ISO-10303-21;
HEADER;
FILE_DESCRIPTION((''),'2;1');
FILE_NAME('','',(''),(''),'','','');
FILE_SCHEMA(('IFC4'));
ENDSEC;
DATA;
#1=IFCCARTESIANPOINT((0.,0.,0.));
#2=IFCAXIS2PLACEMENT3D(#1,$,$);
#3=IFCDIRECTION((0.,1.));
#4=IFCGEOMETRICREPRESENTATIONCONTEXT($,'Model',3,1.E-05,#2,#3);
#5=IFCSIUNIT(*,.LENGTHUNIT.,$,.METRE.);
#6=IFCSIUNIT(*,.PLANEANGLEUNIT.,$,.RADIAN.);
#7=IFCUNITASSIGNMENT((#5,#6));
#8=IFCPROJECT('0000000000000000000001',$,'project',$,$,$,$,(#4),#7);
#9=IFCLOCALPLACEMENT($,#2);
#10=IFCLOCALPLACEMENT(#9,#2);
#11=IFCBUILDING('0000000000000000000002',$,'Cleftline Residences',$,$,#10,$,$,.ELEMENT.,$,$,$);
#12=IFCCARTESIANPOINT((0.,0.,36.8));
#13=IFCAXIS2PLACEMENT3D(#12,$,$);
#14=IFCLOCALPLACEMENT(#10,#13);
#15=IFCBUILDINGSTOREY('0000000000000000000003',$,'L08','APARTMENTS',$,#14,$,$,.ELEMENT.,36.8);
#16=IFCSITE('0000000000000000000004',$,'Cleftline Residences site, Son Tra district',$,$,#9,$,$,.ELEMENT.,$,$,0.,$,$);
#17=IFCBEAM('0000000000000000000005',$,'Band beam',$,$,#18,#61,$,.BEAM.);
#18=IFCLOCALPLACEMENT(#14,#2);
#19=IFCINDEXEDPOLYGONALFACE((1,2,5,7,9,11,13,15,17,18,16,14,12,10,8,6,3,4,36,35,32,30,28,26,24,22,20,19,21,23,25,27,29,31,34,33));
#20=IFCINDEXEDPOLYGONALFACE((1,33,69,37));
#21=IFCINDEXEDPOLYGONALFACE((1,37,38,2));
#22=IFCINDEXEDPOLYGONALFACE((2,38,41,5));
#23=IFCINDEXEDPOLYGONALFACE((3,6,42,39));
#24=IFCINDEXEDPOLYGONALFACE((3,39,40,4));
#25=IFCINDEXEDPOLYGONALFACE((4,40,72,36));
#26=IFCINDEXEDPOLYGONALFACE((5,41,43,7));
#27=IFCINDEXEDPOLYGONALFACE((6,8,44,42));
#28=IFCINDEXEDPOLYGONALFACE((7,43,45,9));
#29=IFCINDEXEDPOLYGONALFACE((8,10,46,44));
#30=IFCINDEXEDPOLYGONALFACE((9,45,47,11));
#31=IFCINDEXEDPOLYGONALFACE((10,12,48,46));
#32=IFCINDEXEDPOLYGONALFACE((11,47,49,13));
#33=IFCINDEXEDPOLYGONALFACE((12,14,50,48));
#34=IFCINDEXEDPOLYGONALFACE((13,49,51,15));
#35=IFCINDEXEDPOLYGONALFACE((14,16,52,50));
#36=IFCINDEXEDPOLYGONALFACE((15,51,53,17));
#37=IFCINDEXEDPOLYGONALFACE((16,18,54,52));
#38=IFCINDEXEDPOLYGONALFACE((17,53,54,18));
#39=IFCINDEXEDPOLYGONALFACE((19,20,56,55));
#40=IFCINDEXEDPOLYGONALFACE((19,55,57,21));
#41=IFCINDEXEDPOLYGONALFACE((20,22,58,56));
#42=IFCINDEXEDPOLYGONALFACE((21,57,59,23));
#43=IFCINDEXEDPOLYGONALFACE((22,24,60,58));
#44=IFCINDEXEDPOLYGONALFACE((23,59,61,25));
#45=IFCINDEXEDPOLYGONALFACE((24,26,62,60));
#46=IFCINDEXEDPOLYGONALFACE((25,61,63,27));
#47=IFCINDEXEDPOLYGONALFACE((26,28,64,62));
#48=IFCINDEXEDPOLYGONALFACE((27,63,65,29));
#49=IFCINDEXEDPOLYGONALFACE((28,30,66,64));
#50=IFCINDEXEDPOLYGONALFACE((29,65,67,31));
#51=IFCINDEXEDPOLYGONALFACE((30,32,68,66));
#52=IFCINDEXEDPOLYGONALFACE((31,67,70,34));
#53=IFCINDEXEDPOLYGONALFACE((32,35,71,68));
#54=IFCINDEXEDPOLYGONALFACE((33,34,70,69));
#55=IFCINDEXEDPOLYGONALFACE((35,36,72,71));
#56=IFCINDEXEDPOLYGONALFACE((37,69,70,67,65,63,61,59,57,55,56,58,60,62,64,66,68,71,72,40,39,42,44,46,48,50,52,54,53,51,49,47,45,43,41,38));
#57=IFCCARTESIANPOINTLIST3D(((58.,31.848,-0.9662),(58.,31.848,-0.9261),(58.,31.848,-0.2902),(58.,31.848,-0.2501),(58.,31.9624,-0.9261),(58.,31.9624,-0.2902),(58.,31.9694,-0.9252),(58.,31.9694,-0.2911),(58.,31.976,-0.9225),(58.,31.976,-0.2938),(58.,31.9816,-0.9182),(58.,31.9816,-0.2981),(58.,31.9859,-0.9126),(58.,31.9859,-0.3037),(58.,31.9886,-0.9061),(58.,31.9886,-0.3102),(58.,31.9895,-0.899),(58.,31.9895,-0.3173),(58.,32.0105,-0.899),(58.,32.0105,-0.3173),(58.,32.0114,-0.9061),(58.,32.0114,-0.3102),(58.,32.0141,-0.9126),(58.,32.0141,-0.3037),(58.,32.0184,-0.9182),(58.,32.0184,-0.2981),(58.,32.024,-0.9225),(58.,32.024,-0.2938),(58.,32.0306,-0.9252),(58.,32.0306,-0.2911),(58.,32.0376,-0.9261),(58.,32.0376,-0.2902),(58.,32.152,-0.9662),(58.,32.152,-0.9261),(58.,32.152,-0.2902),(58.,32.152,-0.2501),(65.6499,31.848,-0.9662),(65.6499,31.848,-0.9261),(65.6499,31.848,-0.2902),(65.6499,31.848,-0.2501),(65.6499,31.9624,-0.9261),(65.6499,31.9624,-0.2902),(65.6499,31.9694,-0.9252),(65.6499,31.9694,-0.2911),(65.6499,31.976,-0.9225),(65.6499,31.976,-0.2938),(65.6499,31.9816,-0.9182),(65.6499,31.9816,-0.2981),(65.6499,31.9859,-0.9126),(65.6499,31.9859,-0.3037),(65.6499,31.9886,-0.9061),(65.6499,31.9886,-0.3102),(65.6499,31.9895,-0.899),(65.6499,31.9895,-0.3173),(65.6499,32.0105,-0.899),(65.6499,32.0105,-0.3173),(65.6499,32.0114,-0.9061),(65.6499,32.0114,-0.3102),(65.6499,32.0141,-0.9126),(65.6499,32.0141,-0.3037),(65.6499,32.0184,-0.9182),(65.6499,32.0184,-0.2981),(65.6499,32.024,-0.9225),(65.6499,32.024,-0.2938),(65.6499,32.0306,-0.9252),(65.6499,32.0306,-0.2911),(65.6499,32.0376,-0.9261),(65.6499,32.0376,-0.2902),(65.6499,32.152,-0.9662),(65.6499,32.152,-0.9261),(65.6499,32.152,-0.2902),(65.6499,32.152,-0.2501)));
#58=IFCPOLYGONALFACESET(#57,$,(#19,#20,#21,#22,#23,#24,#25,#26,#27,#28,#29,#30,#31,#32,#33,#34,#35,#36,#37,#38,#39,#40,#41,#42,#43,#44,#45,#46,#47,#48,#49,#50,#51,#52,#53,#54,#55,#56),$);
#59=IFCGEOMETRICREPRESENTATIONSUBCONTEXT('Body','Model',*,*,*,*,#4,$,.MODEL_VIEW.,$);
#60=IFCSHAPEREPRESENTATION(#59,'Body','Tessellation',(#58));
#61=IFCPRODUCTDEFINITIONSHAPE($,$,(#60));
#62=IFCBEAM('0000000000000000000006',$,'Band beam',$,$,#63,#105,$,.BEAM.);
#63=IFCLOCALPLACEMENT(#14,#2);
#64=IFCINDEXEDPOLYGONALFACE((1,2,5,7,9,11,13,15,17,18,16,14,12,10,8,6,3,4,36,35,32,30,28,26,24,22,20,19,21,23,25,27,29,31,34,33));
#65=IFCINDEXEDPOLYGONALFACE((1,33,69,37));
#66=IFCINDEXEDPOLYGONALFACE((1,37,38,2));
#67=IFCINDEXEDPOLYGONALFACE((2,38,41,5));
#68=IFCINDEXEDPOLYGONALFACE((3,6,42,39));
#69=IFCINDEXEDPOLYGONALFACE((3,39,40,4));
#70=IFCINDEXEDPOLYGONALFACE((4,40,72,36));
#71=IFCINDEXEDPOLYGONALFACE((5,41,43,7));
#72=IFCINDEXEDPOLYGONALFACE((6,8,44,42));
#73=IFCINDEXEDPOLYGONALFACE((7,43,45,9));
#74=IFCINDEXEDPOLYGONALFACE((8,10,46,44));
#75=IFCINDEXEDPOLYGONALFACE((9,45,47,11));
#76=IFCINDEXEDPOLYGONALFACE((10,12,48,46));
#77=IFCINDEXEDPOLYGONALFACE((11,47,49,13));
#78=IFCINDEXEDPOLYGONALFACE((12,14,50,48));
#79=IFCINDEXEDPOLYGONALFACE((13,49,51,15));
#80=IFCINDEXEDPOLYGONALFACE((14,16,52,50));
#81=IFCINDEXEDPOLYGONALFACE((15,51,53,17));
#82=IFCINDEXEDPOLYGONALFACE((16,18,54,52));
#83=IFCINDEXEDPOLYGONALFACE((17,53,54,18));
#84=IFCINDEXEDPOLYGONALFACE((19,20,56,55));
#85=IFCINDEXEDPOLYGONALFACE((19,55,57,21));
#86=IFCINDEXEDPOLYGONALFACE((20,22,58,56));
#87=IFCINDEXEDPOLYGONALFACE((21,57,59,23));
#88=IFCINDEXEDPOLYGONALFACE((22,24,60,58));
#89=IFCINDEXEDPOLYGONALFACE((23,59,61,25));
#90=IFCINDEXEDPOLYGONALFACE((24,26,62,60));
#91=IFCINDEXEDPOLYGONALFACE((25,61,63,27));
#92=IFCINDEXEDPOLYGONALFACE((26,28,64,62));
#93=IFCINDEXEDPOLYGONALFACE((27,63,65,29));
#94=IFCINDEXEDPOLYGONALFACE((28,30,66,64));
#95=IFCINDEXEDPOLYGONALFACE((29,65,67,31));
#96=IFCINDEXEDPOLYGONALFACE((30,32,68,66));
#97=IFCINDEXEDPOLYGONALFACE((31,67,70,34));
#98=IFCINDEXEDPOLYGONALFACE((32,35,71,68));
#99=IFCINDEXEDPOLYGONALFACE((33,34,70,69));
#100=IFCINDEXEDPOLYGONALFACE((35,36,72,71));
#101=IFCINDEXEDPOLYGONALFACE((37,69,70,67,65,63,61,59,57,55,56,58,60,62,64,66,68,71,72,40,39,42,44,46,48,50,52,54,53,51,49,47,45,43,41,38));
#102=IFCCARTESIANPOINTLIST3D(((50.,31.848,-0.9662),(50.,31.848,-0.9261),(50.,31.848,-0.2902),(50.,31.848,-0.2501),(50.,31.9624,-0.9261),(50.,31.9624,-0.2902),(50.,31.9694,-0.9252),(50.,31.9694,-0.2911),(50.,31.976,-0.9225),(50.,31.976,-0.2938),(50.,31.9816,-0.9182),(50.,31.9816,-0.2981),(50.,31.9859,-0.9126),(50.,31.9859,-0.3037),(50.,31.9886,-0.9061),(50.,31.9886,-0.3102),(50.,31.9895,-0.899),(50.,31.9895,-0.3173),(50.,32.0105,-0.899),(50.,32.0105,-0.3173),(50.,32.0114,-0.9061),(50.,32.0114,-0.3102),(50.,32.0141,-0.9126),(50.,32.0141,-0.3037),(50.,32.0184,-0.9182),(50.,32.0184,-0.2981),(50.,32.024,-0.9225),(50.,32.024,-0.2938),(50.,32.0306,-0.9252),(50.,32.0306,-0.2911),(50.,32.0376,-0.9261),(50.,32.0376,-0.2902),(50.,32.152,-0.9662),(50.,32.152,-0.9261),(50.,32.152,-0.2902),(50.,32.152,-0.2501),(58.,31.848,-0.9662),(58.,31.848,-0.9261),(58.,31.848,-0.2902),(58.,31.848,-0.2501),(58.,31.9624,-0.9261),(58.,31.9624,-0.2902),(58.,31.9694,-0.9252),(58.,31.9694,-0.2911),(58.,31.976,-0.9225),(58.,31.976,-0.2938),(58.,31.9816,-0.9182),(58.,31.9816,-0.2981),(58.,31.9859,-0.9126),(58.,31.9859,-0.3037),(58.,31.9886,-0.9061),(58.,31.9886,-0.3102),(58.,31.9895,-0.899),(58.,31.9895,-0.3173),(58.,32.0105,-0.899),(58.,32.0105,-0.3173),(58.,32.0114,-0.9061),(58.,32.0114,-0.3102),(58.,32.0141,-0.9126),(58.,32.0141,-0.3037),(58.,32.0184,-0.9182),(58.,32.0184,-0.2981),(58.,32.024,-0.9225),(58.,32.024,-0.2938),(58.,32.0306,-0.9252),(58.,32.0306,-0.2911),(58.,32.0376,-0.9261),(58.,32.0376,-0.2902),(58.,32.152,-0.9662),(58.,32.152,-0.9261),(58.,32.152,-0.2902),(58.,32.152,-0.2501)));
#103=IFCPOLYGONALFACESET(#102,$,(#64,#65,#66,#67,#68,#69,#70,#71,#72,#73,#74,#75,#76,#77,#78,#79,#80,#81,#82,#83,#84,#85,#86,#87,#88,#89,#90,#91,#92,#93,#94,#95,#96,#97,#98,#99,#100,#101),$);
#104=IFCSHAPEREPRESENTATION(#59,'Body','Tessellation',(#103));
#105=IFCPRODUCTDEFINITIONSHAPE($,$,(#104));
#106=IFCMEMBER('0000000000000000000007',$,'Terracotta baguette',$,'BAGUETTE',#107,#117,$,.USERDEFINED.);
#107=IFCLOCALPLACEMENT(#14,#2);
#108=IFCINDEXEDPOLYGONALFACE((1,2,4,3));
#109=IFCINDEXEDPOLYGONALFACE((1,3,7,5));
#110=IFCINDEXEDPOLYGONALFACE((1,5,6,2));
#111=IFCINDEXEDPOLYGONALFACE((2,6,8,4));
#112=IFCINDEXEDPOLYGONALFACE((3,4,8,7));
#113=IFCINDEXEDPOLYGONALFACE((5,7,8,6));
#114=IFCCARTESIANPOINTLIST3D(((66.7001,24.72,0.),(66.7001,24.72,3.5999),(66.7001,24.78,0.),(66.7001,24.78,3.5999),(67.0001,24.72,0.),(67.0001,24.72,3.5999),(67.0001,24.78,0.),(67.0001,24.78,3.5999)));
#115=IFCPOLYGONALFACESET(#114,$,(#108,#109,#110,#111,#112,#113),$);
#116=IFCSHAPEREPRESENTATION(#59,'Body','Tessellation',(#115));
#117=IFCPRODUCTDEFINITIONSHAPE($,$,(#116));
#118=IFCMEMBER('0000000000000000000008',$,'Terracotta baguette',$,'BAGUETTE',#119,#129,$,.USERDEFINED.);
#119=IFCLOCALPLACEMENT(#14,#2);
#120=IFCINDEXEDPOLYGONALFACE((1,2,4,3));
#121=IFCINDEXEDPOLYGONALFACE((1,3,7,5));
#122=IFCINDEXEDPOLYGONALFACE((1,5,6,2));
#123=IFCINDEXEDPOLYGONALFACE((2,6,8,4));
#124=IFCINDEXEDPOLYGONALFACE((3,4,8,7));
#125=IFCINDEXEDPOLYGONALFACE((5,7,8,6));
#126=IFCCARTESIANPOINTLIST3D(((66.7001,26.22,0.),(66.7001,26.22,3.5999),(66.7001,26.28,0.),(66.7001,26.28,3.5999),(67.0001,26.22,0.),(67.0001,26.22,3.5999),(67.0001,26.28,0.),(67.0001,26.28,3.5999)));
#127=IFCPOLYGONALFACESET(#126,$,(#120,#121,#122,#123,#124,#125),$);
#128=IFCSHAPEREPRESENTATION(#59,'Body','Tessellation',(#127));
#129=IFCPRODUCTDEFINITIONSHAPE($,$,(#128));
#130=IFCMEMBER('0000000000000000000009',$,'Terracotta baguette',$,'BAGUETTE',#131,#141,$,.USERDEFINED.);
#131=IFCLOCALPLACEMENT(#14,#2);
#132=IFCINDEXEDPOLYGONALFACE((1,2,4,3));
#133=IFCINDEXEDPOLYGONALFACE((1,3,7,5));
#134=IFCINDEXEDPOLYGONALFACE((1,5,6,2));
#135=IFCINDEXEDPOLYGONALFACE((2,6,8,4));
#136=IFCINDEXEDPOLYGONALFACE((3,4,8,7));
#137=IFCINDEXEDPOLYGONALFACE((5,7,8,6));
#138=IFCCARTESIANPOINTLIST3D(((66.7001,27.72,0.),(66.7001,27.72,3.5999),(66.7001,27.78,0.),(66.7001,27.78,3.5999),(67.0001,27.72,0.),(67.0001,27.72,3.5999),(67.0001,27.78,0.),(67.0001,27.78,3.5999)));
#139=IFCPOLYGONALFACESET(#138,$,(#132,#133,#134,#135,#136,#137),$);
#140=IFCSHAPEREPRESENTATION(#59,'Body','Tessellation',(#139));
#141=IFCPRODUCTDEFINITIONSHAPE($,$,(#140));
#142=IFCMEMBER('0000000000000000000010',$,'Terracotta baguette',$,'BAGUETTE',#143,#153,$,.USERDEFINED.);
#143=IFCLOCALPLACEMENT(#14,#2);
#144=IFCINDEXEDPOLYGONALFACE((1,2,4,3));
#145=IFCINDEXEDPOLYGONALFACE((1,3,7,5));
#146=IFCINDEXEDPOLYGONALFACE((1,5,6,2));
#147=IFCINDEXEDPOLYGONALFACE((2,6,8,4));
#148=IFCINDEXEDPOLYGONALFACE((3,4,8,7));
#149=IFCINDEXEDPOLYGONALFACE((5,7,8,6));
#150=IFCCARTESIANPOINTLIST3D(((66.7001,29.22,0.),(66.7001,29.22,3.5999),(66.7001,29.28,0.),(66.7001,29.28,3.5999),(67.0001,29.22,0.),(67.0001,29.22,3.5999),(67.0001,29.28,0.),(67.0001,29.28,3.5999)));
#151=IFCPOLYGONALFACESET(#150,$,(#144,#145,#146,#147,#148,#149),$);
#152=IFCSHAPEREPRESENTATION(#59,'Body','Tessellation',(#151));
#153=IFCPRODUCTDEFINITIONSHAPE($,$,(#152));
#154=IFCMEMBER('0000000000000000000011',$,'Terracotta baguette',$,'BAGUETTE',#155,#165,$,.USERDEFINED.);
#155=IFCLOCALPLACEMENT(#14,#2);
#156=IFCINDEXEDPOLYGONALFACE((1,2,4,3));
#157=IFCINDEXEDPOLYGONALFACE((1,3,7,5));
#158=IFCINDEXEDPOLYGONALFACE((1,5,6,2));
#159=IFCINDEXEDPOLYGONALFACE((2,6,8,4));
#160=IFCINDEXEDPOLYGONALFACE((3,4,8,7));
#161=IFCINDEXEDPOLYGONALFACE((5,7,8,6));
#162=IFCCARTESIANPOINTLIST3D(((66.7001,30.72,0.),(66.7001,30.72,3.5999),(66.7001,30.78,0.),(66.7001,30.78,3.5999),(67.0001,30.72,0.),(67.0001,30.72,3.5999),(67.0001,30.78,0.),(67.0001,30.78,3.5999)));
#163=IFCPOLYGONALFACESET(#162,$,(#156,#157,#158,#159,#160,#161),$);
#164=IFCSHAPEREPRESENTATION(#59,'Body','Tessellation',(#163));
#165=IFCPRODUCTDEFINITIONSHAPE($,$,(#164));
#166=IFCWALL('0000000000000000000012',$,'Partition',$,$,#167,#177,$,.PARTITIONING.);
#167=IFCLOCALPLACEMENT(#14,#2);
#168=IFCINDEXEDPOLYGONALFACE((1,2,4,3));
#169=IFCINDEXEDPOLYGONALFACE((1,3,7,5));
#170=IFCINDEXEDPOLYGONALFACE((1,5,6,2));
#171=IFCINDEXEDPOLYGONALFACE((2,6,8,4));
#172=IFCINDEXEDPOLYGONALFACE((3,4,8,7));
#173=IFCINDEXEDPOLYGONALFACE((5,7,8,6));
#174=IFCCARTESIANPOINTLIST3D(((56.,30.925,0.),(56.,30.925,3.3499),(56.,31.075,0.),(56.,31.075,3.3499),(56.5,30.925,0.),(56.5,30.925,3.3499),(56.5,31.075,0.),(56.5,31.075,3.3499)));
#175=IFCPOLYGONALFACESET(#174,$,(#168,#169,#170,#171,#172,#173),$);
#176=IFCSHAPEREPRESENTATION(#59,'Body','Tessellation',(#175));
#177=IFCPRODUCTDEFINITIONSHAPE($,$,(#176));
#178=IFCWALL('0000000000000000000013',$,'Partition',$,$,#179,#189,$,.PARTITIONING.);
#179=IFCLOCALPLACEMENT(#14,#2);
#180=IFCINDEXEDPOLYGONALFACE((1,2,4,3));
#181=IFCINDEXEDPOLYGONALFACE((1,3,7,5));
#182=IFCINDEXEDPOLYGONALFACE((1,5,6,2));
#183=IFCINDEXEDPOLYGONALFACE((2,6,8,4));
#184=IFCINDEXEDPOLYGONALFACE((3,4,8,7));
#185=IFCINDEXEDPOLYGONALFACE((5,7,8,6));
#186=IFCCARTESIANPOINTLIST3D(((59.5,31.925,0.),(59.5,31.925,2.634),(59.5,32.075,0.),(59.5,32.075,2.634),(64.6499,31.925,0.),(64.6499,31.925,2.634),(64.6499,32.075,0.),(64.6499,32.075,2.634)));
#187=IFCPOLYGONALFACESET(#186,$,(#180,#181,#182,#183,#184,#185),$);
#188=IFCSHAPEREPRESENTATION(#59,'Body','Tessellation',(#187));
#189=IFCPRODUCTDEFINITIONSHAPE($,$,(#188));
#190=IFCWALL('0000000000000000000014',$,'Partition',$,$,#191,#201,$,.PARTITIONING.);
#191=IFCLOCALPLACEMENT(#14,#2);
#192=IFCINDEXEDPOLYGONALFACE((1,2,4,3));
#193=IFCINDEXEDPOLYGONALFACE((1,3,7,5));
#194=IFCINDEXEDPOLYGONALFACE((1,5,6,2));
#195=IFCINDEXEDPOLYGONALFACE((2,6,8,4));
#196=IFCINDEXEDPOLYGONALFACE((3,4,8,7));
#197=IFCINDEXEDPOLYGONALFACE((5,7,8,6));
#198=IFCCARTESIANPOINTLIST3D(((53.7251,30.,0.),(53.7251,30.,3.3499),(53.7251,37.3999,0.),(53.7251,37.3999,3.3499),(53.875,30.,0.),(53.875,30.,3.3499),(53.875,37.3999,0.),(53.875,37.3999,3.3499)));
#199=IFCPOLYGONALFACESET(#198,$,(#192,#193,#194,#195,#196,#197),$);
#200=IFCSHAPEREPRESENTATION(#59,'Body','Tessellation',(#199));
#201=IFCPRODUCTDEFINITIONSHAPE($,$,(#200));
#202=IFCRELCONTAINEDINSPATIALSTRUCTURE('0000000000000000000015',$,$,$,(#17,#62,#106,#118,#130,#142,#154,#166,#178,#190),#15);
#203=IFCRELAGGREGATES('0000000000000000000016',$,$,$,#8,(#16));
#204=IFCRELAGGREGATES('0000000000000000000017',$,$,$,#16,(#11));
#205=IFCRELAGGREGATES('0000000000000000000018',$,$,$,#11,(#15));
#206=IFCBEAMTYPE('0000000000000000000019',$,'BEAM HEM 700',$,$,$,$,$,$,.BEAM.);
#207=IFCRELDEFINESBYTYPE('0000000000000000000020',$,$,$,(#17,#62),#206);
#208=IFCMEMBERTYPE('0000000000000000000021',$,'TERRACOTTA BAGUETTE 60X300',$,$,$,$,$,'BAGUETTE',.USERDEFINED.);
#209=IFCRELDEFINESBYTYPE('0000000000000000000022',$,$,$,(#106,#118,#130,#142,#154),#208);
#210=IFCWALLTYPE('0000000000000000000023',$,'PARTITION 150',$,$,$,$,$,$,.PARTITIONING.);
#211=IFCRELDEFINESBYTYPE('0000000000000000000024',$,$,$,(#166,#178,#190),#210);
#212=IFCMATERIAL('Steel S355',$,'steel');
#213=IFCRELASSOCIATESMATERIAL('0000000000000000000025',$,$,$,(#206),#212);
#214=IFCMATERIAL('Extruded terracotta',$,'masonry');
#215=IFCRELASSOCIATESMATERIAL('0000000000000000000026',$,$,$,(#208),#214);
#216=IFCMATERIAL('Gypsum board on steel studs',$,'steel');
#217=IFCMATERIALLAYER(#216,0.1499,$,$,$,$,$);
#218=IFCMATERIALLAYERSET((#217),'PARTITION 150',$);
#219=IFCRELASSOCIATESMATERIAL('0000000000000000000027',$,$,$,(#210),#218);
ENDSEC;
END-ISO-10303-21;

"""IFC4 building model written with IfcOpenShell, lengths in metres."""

from ifc_helpers import new_model, si_unit, direction, frame, frame_2d, origin, origin_2d, place, context, subcontext, project, spatial, rectangle, i_section, extrude, material, layer, layer_set, material_profile, profile_set, type_object, element, save


model = new_model("IFC4")

# Units and contexts
model_context = context("Model", 3, precision=1e-05, world=origin(), true_north=direction((0.0, 1.0)))
body_context = subcontext(model_context, "Body", "Model", "MODEL_VIEW")
ifc_project = project(units=[si_unit("LENGTHUNIT", "METRE"), si_unit("PLANEANGLEUNIT", "RADIAN")], contexts=[model_context])

# Site, building, storey
site_placement = place(None, origin())
site = spatial("IfcSite", under=ifc_project, at=site_placement, Name="Cleftline Residences site, Son Tra district", CompositionType="ELEMENT", RefElevation=0.0)
building_placement = place(site_placement, origin())
building = spatial("IfcBuilding", under=site, at=building_placement, Name="Cleftline Residences", CompositionType="ELEMENT")
storey_placement = place(building_placement, frame((0.0, 0.0, 36.8)))
storey = spatial("IfcBuildingStorey", under=building, at=storey_placement, Name="L08", Description="APARTMENTS", CompositionType="ELEMENT", Elevation=36.8)

# Beams
ifc_material_1 = material(Name="Steel S355", Category="steel")
ifc_material_profile_1 = material_profile(ifc_material_1, i_section(OverallWidth=0.304, OverallDepth=0.7161, WebThickness=0.021, FlangeThickness=0.04, FilletRadius=0.0271, at=origin_2d()))
ifc_profile_set_1 = profile_set([ifc_material_profile_1], Name="Steel S355")
beam_type_1 = type_object("IfcBeamType", Name="BEAM HEM 700", PredefinedType="BEAM", material=ifc_profile_set_1)
beam_1_placement = place(storey_placement, frame((65.6499, 32.0, -0.6082), z_axis=(-1.0, 0.0, 0.0), x_axis=(0.0, -1.0, 0.0)))
element("IfcBeam", 1, at=beam_1_placement, inside=storey, type_object=beam_type_1, Name="Band beam", PredefinedType="BEAM", context=body_context, shape_type="SweptSolid", body=[
    extrude(i_section(OverallWidth=0.304, OverallDepth=0.7161, WebThickness=0.021, FlangeThickness=0.04, FilletRadius=0.0271, at=origin_2d()), origin(), (0.0, 0.0, 1.0), 7.6499),
])
beam_2_placement = place(storey_placement, frame((58.0, 32.0, -0.6082), z_axis=(-1.0, 0.0, 0.0), x_axis=(0.0, -1.0, 0.0)))
element("IfcBeam", 2, at=beam_2_placement, inside=storey, type_object=beam_type_1, Name="Band beam", PredefinedType="BEAM", context=body_context, shape_type="SweptSolid", body=[
    extrude(i_section(OverallWidth=0.304, OverallDepth=0.7161, WebThickness=0.021, FlangeThickness=0.04, FilletRadius=0.0271, at=origin_2d()), origin(), (0.0, 0.0, 1.0), 8.0),
])

# Members
ifc_material_2 = material(Name="Extruded terracotta", Category="masonry")
ifc_material_profile_2 = material_profile(ifc_material_2, rectangle(XDim=0.0601, YDim=0.3, at=origin_2d()))
ifc_profile_set_2 = profile_set([ifc_material_profile_2], Name="Extruded terracotta")
member_type_1 = type_object("IfcMemberType", Name="TERRACOTTA BAGUETTE 60X300", ElementType="BAGUETTE", PredefinedType="USERDEFINED", material=ifc_profile_set_2)
for number, where, z_axis, x_axis, name in (
    (3, (66.8501, 24.75, 0.0), (0.0, 0.0, 1.0), (0.0, 1.0, 0.0), "Terracotta baguette"),
    (4, (66.8501, 26.25, 0.0), (0.0, 0.0, 1.0), (0.0, 1.0, 0.0), "Terracotta baguette"),
    (5, (66.8501, 27.75, 0.0), (0.0, 0.0, 1.0), (0.0, 1.0, 0.0), "Terracotta baguette"),
    (6, (66.8501, 29.25, 0.0), (0.0, 0.0, 1.0), (0.0, 1.0, 0.0), "Terracotta baguette"),
    (7, (66.8501, 30.75, 0.0), (0.0, 0.0, 1.0), (0.0, 1.0, 0.0), "Terracotta baguette"),
):
    element("IfcMember", number, at=place(storey_placement, frame(where, z_axis=z_axis, x_axis=x_axis)), inside=storey, type_object=member_type_1, Name=name, ObjectType="BAGUETTE", PredefinedType="USERDEFINED", context=body_context, shape_type="SweptSolid", body=[
        extrude(rectangle(XDim=0.0601, YDim=0.3, at=origin_2d()), origin(), (0.0, 0.0, 1.0), 3.5999),
    ])

# Walls
ifc_material_3 = material(Name="Gypsum board on steel studs", Category="steel")
ifc_layer_1 = layer(ifc_material_3, 0.1499)
ifc_layer_set_1 = layer_set([ifc_layer_1], Name="PARTITION 150")
wall_type_1 = type_object("IfcWallType", Name="PARTITION 150", PredefinedType="PARTITIONING", material=ifc_layer_set_1)
wall_1_placement = place(storey_placement, frame((56.0, 31.0, 0.0), z_axis=(0.0, 0.0, 1.0), x_axis=(1.0, 0.0, 0.0)))
element("IfcWall", 8, at=wall_1_placement, inside=storey, type_object=wall_type_1, Name="Partition", PredefinedType="PARTITIONING", context=body_context, shape_type="SweptSolid", body=[
    extrude(rectangle(XDim=0.5, YDim=0.1499, at=frame_2d((0.25, 0.0))), origin(), (0.0, 0.0, 1.0), 3.3499),
])
wall_2_placement = place(storey_placement, frame((59.5, 32.0, 0.0), z_axis=(0.0, 0.0, 1.0), x_axis=(1.0, 0.0, 0.0)))
element("IfcWall", 9, at=wall_2_placement, inside=storey, type_object=wall_type_1, Name="Partition", PredefinedType="PARTITIONING", context=body_context, shape_type="SweptSolid", body=[
    extrude(rectangle(XDim=5.1499, YDim=0.1499, at=frame_2d((2.575, 0.0))), origin(), (0.0, 0.0, 1.0), 2.634),
])
wall_3_placement = place(storey_placement, frame((53.8, 30.0, 0.0), z_axis=(0.0, 0.0, 1.0), x_axis=(0.0, 1.0, 0.0)))
element("IfcWall", 10, at=wall_3_placement, inside=storey, type_object=wall_type_1, Name="Partition", PredefinedType="PARTITIONING", context=body_context, shape_type="SweptSolid", body=[
    extrude(rectangle(XDim=7.3999, YDim=0.1499, at=frame_2d((3.7, 0.0))), origin(), (0.0, 0.0, 1.0), 3.3499),
])

save(model, "model.ifc")
